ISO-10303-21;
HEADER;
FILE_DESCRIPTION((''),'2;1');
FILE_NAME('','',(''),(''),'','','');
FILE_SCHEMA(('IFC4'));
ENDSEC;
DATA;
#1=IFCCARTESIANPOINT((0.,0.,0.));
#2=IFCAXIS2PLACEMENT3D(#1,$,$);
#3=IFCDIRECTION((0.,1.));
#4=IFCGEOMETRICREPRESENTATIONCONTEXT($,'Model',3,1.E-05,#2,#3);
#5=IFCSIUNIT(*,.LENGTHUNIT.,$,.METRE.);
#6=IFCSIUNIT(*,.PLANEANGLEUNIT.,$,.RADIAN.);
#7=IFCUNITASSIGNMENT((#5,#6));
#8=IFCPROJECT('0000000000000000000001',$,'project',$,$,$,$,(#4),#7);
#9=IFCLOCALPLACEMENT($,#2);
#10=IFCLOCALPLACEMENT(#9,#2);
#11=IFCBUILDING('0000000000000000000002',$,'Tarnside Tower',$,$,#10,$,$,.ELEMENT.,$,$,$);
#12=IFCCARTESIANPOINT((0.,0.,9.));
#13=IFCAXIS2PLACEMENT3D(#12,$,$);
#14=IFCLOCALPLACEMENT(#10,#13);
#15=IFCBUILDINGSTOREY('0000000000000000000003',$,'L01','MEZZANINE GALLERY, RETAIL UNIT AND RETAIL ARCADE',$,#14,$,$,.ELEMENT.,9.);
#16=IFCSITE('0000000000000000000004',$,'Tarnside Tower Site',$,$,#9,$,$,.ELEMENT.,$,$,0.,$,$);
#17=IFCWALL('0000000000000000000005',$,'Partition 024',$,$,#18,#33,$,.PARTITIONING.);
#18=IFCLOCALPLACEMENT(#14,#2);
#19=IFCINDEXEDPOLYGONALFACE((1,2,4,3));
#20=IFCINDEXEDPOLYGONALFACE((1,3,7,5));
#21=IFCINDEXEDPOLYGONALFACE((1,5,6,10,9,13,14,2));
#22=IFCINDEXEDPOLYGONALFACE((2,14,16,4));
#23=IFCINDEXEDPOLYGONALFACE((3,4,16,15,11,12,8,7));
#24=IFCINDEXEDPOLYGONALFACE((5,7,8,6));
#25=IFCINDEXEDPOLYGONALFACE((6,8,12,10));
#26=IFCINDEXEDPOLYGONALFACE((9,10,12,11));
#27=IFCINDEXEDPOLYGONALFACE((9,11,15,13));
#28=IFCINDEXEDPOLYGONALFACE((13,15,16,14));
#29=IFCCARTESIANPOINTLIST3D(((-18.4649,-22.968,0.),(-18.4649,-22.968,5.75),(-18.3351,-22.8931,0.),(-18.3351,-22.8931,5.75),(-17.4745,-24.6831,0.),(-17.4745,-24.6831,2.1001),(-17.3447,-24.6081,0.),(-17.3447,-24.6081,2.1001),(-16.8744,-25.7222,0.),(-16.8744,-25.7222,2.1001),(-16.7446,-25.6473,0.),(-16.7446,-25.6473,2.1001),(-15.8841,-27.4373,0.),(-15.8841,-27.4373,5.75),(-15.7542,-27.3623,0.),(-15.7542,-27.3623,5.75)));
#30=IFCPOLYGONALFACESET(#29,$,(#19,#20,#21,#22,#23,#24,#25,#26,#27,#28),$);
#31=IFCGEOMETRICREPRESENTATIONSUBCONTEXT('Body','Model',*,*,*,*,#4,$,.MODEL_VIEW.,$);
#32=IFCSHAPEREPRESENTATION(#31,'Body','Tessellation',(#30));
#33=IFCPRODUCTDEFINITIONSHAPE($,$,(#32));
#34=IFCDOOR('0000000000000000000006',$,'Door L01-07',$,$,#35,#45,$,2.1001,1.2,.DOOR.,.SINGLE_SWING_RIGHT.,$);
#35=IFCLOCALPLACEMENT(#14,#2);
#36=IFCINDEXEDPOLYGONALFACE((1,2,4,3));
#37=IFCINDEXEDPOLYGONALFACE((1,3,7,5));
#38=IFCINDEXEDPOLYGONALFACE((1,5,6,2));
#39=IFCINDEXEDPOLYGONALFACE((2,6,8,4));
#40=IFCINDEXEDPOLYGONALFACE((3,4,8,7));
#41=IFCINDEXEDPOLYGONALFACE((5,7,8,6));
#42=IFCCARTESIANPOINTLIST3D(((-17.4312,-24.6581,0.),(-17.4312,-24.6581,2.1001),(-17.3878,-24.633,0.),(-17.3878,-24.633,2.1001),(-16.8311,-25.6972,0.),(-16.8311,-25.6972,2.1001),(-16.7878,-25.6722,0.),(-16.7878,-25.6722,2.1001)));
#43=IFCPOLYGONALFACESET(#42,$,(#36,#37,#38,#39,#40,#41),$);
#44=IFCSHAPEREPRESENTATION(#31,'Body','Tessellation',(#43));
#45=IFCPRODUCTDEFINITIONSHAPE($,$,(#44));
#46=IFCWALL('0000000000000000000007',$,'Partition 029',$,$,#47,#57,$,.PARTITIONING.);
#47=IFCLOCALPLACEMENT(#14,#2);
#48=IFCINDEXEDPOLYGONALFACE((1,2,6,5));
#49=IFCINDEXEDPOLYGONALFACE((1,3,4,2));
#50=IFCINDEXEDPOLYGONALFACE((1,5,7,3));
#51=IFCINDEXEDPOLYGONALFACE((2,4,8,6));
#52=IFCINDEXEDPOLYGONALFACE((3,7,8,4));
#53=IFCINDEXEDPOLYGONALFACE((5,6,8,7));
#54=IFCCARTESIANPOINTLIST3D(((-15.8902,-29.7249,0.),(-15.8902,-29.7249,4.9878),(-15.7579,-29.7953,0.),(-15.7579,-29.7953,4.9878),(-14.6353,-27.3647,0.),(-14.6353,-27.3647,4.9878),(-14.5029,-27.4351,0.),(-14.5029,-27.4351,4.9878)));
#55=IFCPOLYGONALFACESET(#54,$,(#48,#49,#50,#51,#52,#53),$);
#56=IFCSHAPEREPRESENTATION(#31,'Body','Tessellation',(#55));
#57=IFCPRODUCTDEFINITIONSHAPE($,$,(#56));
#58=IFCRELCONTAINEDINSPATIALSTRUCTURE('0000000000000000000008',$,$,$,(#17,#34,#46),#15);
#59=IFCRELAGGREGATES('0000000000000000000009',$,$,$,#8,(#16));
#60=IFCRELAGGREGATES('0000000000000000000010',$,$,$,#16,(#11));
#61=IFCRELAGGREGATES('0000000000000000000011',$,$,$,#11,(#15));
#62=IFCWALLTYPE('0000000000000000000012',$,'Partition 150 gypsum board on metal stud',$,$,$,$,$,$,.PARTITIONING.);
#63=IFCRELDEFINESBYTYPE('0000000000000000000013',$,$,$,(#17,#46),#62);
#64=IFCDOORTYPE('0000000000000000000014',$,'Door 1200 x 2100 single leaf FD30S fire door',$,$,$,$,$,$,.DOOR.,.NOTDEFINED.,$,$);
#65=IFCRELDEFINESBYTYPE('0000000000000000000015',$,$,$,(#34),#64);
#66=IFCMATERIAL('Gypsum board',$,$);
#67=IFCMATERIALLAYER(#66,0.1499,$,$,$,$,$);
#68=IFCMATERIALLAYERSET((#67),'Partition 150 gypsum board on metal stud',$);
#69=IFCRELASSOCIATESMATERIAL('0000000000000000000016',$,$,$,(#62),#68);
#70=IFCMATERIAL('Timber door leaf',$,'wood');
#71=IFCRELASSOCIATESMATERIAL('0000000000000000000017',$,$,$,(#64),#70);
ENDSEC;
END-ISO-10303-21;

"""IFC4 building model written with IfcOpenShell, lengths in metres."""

from ifc_helpers import new_model, si_unit, direction, frame, frame_2d, origin, place, context, subcontext, project, spatial, rectangle, extrude, material, layer, layer_set, type_object, element, fill, save


model = new_model("IFC4")

# Units and contexts
model_context = context("Model", 3, precision=1e-05, world=origin(), true_north=direction((0.0, 1.0)))
body_context = subcontext(model_context, "Body", "Model", "MODEL_VIEW")
ifc_project = project(units=[si_unit("LENGTHUNIT", "METRE"), si_unit("PLANEANGLEUNIT", "RADIAN")], contexts=[model_context])

# Site, building, storey
site_placement = place(None, origin())
site = spatial("IfcSite", under=ifc_project, at=site_placement, Name="Tarnside Tower Site", CompositionType="ELEMENT", RefElevation=0.0)
building_placement = place(site_placement, origin())
building = spatial("IfcBuilding", under=site, at=building_placement, Name="Tarnside Tower", CompositionType="ELEMENT")
storey_placement = place(building_placement, frame((0.0, 0.0, 9.0)))
storey = spatial("IfcBuildingStorey", under=building, at=storey_placement, Name="L01", Description="MEZZANINE GALLERY, RETAIL UNIT AND RETAIL ARCADE", CompositionType="ELEMENT", Elevation=9.0)

# Wall, opening, door
ifc_material_1 = material(Name="Gypsum board")
ifc_layer_1 = layer(ifc_material_1, 0.1499)
ifc_layer_set_1 = layer_set([ifc_layer_1], Name="Partition 150 gypsum board on metal stud")
wall_type = type_object("IfcWallType", Name="Partition 150 gypsum board on metal stud", PredefinedType="PARTITIONING", material=ifc_layer_set_1)
wall_1_placement = place(storey_placement, frame((-15.8191, -27.3999, 0.0), z_axis=(0.0, 0.0, 1.0), x_axis=(-0.500072, 0.865984, 0.0)))
wall_1 = element("IfcWall", 1, at=wall_1_placement, inside=storey, type_object=wall_type, Name="Partition 024", PredefinedType="PARTITIONING", context=body_context, shape_type="SweptSolid", body=[
    extrude(rectangle(XDim=5.1609, YDim=0.1499, at=frame_2d((2.5806, 0.0))), origin(), (0.0, 0.0, 1.0), 5.75),
])
opening_placement = place(wall_1_placement, frame((1.9805, 0.0, 0.0)))
opening = element("IfcOpeningElement", 2, at=opening_placement, cuts=wall_1, PredefinedType="OPENING", context=body_context, shape_type="SweptSolid", body=[
    extrude(rectangle(XDim=1.2, YDim=2.1001, at=frame_2d((0.6001, 1.05))), frame((0.0, 0.085, 0.0), z_axis=(0.0, -1.0, 0.0), x_axis=(1.0, 0.0, 0.0)), (0.0, 0.0, 1.0), 0.1699),
])
ifc_material_2 = material(Name="Timber door leaf", Category="wood")
door_type = type_object("IfcDoorType", Name="Door 1200 x 2100 single leaf FD30S fire door", OperationType="NOTDEFINED", PredefinedType="DOOR", material=ifc_material_2)
door_placement = place(opening_placement, origin())
door = element("IfcDoor", 3, at=door_placement, inside=storey, type_object=door_type, Name="Door L01-07", OperationType="SINGLE_SWING_RIGHT", OverallHeight=2.1001, OverallWidth=1.2, PredefinedType="DOOR", context=body_context, shape_type="SweptSolid", body=[
    extrude(rectangle(XDim=1.2, YDim=2.1001, at=frame_2d((0.6001, 1.05))), frame((0.0, 0.0249, 0.0), z_axis=(0.0, -1.0, 0.0), x_axis=(1.0, 0.0, 0.0)), (0.0, 0.0, 1.0), 0.05),
])
fill(opening, door)

# Wall
wall_2_placement = place(storey_placement, frame((-15.824, -29.76, 0.0), z_axis=(0.0, 0.0, 1.0), x_axis=(0.469469, 0.882949, 0.0)))
element("IfcWall", 4, at=wall_2_placement, inside=storey, type_object=wall_type, Name="Partition 029", PredefinedType="PARTITIONING", context=body_context, shape_type="SweptSolid", body=[
    extrude(rectangle(XDim=2.6731, YDim=0.1499, at=frame_2d((1.3364, 0.0))), origin(), (0.0, 0.0, 1.0), 4.9878),
])

save(model, "model.ifc")
